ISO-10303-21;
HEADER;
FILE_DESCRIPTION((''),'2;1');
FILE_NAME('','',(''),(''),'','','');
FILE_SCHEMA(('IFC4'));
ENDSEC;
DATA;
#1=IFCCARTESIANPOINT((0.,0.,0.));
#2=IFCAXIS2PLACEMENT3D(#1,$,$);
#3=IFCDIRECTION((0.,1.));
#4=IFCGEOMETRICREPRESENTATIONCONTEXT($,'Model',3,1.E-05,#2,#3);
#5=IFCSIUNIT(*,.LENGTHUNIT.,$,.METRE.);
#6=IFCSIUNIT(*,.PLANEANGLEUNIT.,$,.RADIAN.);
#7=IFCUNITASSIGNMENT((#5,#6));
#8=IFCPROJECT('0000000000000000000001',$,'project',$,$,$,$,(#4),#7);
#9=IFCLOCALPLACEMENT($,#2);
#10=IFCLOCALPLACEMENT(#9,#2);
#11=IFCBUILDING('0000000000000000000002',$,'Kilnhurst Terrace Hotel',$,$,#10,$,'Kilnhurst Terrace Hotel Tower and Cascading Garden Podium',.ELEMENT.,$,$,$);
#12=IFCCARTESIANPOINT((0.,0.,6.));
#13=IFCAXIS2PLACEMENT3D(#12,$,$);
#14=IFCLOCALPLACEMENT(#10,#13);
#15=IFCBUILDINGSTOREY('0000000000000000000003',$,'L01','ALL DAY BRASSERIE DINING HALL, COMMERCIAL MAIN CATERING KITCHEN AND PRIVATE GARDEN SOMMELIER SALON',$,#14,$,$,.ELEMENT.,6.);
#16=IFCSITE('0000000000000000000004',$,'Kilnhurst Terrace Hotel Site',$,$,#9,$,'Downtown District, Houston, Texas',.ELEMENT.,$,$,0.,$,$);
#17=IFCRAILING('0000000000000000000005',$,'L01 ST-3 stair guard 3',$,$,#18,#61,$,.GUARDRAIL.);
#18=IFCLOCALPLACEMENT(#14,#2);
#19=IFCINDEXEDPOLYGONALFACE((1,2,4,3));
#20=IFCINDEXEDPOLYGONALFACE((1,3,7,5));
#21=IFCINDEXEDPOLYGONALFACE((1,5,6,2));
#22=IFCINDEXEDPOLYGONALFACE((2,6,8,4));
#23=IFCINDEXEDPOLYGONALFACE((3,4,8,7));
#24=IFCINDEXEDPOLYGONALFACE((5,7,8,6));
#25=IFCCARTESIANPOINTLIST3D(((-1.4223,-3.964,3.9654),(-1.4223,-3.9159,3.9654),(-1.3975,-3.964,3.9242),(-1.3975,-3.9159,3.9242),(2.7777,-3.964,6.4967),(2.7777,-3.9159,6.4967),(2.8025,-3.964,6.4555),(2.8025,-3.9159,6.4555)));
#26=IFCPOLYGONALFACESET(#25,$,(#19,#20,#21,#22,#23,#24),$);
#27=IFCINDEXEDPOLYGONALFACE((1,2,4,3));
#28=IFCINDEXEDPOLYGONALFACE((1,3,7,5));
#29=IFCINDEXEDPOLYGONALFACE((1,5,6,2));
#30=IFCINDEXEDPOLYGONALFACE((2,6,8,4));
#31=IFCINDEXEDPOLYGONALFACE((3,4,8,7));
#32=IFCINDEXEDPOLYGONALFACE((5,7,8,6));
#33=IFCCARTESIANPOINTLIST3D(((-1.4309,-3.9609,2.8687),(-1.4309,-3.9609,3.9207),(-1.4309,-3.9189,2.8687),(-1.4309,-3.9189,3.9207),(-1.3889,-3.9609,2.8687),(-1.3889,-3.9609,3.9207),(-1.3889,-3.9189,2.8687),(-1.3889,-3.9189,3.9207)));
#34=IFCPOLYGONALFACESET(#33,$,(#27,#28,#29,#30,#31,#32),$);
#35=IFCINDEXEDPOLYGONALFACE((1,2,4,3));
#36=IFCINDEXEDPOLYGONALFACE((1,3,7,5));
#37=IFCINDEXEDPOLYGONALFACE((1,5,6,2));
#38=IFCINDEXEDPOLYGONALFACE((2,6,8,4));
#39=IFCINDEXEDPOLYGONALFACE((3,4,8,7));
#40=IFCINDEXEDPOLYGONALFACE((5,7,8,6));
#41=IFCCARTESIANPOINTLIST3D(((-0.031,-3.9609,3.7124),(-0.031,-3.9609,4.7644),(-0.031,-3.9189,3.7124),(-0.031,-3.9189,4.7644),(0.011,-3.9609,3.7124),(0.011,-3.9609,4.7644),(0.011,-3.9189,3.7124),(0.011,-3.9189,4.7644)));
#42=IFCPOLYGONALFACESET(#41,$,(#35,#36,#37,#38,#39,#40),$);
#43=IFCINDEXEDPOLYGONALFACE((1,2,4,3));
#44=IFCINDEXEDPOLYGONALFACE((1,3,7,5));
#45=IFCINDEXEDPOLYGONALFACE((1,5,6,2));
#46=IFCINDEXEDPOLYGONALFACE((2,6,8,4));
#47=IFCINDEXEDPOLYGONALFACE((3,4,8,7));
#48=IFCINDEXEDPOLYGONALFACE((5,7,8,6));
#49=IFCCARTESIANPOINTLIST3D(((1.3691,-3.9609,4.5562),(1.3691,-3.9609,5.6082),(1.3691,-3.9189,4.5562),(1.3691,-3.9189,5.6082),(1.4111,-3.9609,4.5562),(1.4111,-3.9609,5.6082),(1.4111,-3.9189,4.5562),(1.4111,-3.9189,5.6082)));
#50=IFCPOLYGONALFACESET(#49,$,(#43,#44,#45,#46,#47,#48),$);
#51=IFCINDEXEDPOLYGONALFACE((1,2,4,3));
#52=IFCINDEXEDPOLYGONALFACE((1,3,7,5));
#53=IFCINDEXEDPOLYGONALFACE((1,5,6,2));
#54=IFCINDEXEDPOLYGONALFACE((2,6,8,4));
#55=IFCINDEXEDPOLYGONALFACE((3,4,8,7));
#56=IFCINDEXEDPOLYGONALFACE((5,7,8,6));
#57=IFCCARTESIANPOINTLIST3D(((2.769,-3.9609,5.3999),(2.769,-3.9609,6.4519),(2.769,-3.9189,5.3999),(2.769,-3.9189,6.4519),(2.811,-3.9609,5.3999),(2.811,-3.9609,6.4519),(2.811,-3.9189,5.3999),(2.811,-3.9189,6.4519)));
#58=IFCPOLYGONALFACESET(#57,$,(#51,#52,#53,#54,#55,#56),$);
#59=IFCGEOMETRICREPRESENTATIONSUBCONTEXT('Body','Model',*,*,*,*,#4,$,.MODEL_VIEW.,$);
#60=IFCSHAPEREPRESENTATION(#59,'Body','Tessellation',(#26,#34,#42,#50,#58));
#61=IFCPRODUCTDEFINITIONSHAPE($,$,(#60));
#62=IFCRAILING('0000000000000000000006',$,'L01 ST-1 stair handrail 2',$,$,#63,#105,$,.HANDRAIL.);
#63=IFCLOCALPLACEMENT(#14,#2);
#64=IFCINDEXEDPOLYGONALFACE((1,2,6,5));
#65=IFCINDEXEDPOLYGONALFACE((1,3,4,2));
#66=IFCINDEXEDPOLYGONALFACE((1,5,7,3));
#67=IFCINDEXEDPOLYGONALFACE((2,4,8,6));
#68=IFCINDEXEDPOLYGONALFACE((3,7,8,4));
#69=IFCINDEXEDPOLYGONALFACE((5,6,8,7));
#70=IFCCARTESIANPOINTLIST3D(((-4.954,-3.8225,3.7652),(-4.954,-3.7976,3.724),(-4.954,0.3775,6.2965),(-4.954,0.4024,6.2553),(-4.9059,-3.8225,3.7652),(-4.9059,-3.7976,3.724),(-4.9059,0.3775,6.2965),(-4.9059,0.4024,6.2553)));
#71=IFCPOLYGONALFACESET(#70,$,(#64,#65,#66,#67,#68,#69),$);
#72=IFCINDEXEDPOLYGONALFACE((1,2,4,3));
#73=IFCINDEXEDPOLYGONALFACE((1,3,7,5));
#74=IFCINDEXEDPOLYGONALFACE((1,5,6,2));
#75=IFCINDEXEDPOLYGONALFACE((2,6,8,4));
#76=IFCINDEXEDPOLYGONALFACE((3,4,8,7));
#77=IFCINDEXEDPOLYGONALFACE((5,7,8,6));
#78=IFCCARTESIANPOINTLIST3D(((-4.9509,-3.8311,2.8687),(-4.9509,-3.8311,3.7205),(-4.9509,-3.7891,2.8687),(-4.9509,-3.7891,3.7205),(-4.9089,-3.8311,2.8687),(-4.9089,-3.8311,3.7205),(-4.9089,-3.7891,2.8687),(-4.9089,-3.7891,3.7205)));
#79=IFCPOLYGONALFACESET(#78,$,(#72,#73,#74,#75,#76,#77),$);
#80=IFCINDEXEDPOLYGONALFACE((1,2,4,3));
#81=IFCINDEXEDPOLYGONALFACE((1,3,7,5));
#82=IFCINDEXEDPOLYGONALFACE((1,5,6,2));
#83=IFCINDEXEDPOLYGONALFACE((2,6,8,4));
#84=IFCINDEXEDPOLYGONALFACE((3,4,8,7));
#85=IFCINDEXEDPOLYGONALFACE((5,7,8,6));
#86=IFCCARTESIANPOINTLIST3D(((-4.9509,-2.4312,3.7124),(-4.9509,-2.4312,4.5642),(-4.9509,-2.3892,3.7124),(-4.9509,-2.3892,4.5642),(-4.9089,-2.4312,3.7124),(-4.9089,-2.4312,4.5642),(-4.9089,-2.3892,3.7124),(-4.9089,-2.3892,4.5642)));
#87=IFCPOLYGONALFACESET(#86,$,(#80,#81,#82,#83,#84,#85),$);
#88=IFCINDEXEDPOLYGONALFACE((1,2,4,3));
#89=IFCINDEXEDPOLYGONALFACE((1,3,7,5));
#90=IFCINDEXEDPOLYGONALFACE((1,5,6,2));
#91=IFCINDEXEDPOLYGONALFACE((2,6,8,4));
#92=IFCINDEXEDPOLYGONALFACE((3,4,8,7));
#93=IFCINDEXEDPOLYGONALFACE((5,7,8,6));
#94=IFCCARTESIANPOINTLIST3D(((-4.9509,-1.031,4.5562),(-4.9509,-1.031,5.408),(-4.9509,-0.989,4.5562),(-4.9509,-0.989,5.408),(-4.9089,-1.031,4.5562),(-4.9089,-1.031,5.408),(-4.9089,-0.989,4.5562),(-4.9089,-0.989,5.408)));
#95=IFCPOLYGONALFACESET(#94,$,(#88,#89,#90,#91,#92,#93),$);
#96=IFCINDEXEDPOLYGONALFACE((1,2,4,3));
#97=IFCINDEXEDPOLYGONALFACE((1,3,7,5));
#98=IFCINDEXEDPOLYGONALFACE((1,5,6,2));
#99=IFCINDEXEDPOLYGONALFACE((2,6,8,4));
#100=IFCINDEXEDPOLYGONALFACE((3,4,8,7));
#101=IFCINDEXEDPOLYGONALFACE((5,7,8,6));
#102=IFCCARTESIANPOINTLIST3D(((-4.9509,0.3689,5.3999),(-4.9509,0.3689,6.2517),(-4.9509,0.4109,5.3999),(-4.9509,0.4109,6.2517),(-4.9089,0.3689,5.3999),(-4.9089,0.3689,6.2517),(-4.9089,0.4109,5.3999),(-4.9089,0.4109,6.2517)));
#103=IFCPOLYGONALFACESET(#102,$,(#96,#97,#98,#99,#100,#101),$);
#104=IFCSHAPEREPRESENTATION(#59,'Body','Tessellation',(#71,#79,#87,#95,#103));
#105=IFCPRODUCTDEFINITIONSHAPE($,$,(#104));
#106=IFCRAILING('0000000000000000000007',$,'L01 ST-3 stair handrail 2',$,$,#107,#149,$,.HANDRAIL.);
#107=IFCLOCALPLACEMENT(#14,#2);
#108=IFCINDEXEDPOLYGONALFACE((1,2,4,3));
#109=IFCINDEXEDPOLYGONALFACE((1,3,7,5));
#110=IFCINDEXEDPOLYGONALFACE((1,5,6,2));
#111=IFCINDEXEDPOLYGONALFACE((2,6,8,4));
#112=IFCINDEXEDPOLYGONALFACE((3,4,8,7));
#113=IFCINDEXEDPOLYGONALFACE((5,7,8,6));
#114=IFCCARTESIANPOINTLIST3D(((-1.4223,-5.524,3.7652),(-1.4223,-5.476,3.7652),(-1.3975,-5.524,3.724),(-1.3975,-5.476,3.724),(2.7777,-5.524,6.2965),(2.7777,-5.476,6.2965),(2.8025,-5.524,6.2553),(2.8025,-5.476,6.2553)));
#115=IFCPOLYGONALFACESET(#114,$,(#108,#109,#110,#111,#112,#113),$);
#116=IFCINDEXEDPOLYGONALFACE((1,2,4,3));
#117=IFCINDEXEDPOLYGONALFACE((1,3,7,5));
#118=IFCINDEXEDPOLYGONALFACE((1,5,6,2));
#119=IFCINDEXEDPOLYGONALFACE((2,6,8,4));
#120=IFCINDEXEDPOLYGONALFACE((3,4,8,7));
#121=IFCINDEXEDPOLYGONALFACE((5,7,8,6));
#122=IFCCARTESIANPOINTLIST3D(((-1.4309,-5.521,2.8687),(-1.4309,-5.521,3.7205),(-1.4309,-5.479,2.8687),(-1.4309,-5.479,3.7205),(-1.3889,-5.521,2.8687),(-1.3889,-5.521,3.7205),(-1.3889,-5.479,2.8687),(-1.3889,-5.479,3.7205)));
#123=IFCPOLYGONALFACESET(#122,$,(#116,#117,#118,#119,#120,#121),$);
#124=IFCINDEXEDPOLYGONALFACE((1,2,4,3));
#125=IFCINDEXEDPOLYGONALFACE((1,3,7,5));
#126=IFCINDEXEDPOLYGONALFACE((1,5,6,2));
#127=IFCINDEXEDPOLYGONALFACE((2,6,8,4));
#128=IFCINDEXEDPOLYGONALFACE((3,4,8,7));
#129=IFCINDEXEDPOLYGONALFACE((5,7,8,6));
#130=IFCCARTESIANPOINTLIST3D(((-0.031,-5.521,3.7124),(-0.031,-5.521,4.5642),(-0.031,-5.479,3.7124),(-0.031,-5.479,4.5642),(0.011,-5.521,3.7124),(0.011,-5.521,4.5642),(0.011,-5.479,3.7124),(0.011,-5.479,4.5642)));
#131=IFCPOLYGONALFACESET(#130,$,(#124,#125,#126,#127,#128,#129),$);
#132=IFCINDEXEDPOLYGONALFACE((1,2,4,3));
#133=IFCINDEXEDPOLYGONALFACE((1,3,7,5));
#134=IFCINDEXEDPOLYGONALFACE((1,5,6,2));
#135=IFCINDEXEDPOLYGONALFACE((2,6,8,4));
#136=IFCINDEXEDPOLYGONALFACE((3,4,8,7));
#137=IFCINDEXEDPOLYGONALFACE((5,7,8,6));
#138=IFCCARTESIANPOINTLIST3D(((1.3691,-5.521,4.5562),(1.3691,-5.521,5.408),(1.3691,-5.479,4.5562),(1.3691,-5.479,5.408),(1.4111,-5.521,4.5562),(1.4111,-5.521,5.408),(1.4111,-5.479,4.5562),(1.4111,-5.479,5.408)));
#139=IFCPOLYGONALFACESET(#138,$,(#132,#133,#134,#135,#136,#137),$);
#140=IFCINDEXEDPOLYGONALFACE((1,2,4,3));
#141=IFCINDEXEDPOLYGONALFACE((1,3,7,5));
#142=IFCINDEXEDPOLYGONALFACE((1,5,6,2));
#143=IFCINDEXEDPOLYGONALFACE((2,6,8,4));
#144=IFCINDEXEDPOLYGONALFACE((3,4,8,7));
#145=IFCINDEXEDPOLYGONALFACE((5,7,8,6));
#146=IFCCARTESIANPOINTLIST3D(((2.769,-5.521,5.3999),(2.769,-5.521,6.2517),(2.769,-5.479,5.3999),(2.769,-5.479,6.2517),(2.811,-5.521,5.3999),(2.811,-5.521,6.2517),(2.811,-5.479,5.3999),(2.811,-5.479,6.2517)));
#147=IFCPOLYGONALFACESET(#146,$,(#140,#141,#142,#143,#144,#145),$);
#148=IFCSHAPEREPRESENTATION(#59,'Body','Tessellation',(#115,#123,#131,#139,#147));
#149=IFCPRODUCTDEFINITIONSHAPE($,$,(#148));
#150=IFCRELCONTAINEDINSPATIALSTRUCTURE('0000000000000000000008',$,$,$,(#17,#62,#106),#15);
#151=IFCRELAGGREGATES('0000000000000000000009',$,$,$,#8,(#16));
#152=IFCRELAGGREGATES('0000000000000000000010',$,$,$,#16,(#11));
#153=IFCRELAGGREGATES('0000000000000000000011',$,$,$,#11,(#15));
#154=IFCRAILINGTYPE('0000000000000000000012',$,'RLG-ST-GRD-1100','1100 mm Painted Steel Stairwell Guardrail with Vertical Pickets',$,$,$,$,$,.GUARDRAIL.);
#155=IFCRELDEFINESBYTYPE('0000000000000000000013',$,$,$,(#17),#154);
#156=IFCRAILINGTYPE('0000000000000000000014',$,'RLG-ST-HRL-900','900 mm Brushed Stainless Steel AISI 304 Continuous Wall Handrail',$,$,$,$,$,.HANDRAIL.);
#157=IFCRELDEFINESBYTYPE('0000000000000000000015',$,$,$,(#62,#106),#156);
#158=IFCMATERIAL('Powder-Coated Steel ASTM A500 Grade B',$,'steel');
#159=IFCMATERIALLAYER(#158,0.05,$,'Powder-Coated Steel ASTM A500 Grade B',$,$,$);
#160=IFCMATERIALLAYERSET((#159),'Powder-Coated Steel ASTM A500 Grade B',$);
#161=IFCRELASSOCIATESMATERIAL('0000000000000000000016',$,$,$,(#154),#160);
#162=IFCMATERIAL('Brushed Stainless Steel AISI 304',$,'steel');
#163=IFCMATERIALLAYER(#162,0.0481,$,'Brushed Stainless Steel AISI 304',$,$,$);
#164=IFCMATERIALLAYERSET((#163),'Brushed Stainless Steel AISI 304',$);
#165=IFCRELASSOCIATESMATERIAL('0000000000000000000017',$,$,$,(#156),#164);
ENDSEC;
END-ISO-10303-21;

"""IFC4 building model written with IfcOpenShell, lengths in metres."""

from ifc_helpers import new_model, si_unit, direction, frame, origin, origin_2d, place, context, subcontext, project, spatial, rectangle, extrude, material, layer, layer_set, type_object, element, save


model = new_model("IFC4")

# Units and contexts
model_context = context("Model", 3, precision=1e-05, world=origin(), true_north=direction((0.0, 1.0)))
body_context = subcontext(model_context, "Body", "Model", "MODEL_VIEW")
ifc_project = project(units=[si_unit("LENGTHUNIT", "METRE"), si_unit("PLANEANGLEUNIT", "RADIAN")], contexts=[model_context])

# Site, building, storey
site_placement = place(None, origin())
site = spatial("IfcSite", under=ifc_project, at=site_placement, Name="Kilnhurst Terrace Hotel Site", LongName="Downtown District, Houston, Texas", CompositionType="ELEMENT", RefElevation=0.0)
building_placement = place(site_placement, origin())
building = spatial("IfcBuilding", under=site, at=building_placement, Name="Kilnhurst Terrace Hotel", LongName="Kilnhurst Terrace Hotel Tower and Cascading Garden Podium", CompositionType="ELEMENT")
storey_placement = place(building_placement, frame((0.0, 0.0, 6.0)))
storey = spatial("IfcBuildingStorey", under=building, at=storey_placement, Name="L01", Description="ALL DAY BRASSERIE DINING HALL, COMMERCIAL MAIN CATERING KITCHEN AND PRIVATE GARDEN SOMMELIER SALON", CompositionType="ELEMENT", Elevation=6.0)

# Railings
ifc_material_1 = material(Name="Powder-Coated Steel ASTM A500 Grade B", Category="steel")
ifc_layer_1 = layer(ifc_material_1, 0.05, Name="Powder-Coated Steel ASTM A500 Grade B")
ifc_layer_set_1 = layer_set([ifc_layer_1], Name="Powder-Coated Steel ASTM A500 Grade B")
railing_type_1 = type_object("IfcRailingType", Name="RLG-ST-GRD-1100", Description="1100 mm Painted Steel Stairwell Guardrail with Vertical Pickets", PredefinedType="GUARDRAIL", material=ifc_layer_set_1)
railing_1_placement = place(storey_placement, frame((-1.4099, -3.9399, 2.8687)))
element("IfcRailing", 1, at=railing_1_placement, inside=storey, type_object=railing_type_1, Name="L01 ST-3 stair guard 3", PredefinedType="GUARDRAIL", context=body_context, shape_type="SweptSolid", body=[
    extrude(rectangle(XDim=0.0481, YDim=0.0481, at=origin_2d()), frame((0.0, 0.0, 1.0762), z_axis=(0.856476, 0.0, 0.516186), x_axis=(0.0, 1.0, 0.0)), (0.0, 0.0, 1.0), 4.9038),
    extrude(rectangle(XDim=0.042, YDim=0.042, at=origin_2d()), origin(), (0.0, 0.0, 1.0), 1.052),
    extrude(rectangle(XDim=0.042, YDim=0.042, at=origin_2d()), frame((1.3999, 0.0, 0.8438)), (0.0, 0.0, 1.0), 1.052),
    extrude(rectangle(XDim=0.042, YDim=0.042, at=origin_2d()), frame((2.8, 0.0, 1.6875)), (0.0, 0.0, 1.0), 1.052),
    extrude(rectangle(XDim=0.042, YDim=0.042, at=origin_2d()), frame((4.2, 0.0, 2.5312)), (0.0, 0.0, 1.0), 1.052),
])
ifc_material_2 = material(Name="Brushed Stainless Steel AISI 304", Category="steel")
ifc_layer_2 = layer(ifc_material_2, 0.0481, Name="Brushed Stainless Steel AISI 304")
ifc_layer_set_2 = layer_set([ifc_layer_2], Name="Brushed Stainless Steel AISI 304")
railing_type_2 = type_object("IfcRailingType", Name="RLG-ST-HRL-900", Description="900 mm Brushed Stainless Steel AISI 304 Continuous Wall Handrail", PredefinedType="HANDRAIL", material=ifc_layer_set_2)
railing_2_placement = place(storey_placement, frame((-4.9299, -3.8101, 2.8687)))
element("IfcRailing", 2, at=railing_2_placement, inside=storey, type_object=railing_type_2, Name="L01 ST-1 stair handrail 2", PredefinedType="HANDRAIL", context=body_context, shape_type="SweptSolid", body=[
    extrude(rectangle(XDim=0.0481, YDim=0.0481, at=origin_2d()), frame((0.0, 0.0, 0.876), z_axis=(0.0, 0.856476, 0.516186), x_axis=(-1.0, 0.0, 0.0)), (0.0, 0.0, 1.0), 4.9038),
    extrude(rectangle(XDim=0.042, YDim=0.042, at=origin_2d()), origin(), (0.0, 0.0, 1.0), 0.8518),
    extrude(rectangle(XDim=0.042, YDim=0.042, at=origin_2d()), frame((0.0, 1.3999, 0.8438)), (0.0, 0.0, 1.0), 0.8518),
    extrude(rectangle(XDim=0.042, YDim=0.042, at=origin_2d()), frame((0.0, 2.8, 1.6875)), (0.0, 0.0, 1.0), 0.8518),
    extrude(rectangle(XDim=0.042, YDim=0.042, at=origin_2d()), frame((0.0, 4.2, 2.5312)), (0.0, 0.0, 1.0), 0.8518),
])
railing_3_placement = place(storey_placement, frame((-1.4099, -5.5, 2.8687)))
element("IfcRailing", 3, at=railing_3_placement, inside=storey, type_object=railing_type_2, Name="L01 ST-3 stair handrail 2", PredefinedType="HANDRAIL", context=body_context, shape_type="SweptSolid", body=[
    extrude(rectangle(XDim=0.0481, YDim=0.0481, at=origin_2d()), frame((0.0, 0.0, 0.876), z_axis=(0.856476, 0.0, 0.516186), x_axis=(0.0, 1.0, 0.0)), (0.0, 0.0, 1.0), 4.9038),
    extrude(rectangle(XDim=0.042, YDim=0.042, at=origin_2d()), origin(), (0.0, 0.0, 1.0), 0.8518),
    extrude(rectangle(XDim=0.042, YDim=0.042, at=origin_2d()), frame((1.3999, 0.0, 0.8438)), (0.0, 0.0, 1.0), 0.8518),
    extrude(rectangle(XDim=0.042, YDim=0.042, at=origin_2d()), frame((2.8, 0.0, 1.6875)), (0.0, 0.0, 1.0), 0.8518),
    extrude(rectangle(XDim=0.042, YDim=0.042, at=origin_2d()), frame((4.2, 0.0, 2.5312)), (0.0, 0.0, 1.0), 0.8518),
])

save(model, "model.ifc")
